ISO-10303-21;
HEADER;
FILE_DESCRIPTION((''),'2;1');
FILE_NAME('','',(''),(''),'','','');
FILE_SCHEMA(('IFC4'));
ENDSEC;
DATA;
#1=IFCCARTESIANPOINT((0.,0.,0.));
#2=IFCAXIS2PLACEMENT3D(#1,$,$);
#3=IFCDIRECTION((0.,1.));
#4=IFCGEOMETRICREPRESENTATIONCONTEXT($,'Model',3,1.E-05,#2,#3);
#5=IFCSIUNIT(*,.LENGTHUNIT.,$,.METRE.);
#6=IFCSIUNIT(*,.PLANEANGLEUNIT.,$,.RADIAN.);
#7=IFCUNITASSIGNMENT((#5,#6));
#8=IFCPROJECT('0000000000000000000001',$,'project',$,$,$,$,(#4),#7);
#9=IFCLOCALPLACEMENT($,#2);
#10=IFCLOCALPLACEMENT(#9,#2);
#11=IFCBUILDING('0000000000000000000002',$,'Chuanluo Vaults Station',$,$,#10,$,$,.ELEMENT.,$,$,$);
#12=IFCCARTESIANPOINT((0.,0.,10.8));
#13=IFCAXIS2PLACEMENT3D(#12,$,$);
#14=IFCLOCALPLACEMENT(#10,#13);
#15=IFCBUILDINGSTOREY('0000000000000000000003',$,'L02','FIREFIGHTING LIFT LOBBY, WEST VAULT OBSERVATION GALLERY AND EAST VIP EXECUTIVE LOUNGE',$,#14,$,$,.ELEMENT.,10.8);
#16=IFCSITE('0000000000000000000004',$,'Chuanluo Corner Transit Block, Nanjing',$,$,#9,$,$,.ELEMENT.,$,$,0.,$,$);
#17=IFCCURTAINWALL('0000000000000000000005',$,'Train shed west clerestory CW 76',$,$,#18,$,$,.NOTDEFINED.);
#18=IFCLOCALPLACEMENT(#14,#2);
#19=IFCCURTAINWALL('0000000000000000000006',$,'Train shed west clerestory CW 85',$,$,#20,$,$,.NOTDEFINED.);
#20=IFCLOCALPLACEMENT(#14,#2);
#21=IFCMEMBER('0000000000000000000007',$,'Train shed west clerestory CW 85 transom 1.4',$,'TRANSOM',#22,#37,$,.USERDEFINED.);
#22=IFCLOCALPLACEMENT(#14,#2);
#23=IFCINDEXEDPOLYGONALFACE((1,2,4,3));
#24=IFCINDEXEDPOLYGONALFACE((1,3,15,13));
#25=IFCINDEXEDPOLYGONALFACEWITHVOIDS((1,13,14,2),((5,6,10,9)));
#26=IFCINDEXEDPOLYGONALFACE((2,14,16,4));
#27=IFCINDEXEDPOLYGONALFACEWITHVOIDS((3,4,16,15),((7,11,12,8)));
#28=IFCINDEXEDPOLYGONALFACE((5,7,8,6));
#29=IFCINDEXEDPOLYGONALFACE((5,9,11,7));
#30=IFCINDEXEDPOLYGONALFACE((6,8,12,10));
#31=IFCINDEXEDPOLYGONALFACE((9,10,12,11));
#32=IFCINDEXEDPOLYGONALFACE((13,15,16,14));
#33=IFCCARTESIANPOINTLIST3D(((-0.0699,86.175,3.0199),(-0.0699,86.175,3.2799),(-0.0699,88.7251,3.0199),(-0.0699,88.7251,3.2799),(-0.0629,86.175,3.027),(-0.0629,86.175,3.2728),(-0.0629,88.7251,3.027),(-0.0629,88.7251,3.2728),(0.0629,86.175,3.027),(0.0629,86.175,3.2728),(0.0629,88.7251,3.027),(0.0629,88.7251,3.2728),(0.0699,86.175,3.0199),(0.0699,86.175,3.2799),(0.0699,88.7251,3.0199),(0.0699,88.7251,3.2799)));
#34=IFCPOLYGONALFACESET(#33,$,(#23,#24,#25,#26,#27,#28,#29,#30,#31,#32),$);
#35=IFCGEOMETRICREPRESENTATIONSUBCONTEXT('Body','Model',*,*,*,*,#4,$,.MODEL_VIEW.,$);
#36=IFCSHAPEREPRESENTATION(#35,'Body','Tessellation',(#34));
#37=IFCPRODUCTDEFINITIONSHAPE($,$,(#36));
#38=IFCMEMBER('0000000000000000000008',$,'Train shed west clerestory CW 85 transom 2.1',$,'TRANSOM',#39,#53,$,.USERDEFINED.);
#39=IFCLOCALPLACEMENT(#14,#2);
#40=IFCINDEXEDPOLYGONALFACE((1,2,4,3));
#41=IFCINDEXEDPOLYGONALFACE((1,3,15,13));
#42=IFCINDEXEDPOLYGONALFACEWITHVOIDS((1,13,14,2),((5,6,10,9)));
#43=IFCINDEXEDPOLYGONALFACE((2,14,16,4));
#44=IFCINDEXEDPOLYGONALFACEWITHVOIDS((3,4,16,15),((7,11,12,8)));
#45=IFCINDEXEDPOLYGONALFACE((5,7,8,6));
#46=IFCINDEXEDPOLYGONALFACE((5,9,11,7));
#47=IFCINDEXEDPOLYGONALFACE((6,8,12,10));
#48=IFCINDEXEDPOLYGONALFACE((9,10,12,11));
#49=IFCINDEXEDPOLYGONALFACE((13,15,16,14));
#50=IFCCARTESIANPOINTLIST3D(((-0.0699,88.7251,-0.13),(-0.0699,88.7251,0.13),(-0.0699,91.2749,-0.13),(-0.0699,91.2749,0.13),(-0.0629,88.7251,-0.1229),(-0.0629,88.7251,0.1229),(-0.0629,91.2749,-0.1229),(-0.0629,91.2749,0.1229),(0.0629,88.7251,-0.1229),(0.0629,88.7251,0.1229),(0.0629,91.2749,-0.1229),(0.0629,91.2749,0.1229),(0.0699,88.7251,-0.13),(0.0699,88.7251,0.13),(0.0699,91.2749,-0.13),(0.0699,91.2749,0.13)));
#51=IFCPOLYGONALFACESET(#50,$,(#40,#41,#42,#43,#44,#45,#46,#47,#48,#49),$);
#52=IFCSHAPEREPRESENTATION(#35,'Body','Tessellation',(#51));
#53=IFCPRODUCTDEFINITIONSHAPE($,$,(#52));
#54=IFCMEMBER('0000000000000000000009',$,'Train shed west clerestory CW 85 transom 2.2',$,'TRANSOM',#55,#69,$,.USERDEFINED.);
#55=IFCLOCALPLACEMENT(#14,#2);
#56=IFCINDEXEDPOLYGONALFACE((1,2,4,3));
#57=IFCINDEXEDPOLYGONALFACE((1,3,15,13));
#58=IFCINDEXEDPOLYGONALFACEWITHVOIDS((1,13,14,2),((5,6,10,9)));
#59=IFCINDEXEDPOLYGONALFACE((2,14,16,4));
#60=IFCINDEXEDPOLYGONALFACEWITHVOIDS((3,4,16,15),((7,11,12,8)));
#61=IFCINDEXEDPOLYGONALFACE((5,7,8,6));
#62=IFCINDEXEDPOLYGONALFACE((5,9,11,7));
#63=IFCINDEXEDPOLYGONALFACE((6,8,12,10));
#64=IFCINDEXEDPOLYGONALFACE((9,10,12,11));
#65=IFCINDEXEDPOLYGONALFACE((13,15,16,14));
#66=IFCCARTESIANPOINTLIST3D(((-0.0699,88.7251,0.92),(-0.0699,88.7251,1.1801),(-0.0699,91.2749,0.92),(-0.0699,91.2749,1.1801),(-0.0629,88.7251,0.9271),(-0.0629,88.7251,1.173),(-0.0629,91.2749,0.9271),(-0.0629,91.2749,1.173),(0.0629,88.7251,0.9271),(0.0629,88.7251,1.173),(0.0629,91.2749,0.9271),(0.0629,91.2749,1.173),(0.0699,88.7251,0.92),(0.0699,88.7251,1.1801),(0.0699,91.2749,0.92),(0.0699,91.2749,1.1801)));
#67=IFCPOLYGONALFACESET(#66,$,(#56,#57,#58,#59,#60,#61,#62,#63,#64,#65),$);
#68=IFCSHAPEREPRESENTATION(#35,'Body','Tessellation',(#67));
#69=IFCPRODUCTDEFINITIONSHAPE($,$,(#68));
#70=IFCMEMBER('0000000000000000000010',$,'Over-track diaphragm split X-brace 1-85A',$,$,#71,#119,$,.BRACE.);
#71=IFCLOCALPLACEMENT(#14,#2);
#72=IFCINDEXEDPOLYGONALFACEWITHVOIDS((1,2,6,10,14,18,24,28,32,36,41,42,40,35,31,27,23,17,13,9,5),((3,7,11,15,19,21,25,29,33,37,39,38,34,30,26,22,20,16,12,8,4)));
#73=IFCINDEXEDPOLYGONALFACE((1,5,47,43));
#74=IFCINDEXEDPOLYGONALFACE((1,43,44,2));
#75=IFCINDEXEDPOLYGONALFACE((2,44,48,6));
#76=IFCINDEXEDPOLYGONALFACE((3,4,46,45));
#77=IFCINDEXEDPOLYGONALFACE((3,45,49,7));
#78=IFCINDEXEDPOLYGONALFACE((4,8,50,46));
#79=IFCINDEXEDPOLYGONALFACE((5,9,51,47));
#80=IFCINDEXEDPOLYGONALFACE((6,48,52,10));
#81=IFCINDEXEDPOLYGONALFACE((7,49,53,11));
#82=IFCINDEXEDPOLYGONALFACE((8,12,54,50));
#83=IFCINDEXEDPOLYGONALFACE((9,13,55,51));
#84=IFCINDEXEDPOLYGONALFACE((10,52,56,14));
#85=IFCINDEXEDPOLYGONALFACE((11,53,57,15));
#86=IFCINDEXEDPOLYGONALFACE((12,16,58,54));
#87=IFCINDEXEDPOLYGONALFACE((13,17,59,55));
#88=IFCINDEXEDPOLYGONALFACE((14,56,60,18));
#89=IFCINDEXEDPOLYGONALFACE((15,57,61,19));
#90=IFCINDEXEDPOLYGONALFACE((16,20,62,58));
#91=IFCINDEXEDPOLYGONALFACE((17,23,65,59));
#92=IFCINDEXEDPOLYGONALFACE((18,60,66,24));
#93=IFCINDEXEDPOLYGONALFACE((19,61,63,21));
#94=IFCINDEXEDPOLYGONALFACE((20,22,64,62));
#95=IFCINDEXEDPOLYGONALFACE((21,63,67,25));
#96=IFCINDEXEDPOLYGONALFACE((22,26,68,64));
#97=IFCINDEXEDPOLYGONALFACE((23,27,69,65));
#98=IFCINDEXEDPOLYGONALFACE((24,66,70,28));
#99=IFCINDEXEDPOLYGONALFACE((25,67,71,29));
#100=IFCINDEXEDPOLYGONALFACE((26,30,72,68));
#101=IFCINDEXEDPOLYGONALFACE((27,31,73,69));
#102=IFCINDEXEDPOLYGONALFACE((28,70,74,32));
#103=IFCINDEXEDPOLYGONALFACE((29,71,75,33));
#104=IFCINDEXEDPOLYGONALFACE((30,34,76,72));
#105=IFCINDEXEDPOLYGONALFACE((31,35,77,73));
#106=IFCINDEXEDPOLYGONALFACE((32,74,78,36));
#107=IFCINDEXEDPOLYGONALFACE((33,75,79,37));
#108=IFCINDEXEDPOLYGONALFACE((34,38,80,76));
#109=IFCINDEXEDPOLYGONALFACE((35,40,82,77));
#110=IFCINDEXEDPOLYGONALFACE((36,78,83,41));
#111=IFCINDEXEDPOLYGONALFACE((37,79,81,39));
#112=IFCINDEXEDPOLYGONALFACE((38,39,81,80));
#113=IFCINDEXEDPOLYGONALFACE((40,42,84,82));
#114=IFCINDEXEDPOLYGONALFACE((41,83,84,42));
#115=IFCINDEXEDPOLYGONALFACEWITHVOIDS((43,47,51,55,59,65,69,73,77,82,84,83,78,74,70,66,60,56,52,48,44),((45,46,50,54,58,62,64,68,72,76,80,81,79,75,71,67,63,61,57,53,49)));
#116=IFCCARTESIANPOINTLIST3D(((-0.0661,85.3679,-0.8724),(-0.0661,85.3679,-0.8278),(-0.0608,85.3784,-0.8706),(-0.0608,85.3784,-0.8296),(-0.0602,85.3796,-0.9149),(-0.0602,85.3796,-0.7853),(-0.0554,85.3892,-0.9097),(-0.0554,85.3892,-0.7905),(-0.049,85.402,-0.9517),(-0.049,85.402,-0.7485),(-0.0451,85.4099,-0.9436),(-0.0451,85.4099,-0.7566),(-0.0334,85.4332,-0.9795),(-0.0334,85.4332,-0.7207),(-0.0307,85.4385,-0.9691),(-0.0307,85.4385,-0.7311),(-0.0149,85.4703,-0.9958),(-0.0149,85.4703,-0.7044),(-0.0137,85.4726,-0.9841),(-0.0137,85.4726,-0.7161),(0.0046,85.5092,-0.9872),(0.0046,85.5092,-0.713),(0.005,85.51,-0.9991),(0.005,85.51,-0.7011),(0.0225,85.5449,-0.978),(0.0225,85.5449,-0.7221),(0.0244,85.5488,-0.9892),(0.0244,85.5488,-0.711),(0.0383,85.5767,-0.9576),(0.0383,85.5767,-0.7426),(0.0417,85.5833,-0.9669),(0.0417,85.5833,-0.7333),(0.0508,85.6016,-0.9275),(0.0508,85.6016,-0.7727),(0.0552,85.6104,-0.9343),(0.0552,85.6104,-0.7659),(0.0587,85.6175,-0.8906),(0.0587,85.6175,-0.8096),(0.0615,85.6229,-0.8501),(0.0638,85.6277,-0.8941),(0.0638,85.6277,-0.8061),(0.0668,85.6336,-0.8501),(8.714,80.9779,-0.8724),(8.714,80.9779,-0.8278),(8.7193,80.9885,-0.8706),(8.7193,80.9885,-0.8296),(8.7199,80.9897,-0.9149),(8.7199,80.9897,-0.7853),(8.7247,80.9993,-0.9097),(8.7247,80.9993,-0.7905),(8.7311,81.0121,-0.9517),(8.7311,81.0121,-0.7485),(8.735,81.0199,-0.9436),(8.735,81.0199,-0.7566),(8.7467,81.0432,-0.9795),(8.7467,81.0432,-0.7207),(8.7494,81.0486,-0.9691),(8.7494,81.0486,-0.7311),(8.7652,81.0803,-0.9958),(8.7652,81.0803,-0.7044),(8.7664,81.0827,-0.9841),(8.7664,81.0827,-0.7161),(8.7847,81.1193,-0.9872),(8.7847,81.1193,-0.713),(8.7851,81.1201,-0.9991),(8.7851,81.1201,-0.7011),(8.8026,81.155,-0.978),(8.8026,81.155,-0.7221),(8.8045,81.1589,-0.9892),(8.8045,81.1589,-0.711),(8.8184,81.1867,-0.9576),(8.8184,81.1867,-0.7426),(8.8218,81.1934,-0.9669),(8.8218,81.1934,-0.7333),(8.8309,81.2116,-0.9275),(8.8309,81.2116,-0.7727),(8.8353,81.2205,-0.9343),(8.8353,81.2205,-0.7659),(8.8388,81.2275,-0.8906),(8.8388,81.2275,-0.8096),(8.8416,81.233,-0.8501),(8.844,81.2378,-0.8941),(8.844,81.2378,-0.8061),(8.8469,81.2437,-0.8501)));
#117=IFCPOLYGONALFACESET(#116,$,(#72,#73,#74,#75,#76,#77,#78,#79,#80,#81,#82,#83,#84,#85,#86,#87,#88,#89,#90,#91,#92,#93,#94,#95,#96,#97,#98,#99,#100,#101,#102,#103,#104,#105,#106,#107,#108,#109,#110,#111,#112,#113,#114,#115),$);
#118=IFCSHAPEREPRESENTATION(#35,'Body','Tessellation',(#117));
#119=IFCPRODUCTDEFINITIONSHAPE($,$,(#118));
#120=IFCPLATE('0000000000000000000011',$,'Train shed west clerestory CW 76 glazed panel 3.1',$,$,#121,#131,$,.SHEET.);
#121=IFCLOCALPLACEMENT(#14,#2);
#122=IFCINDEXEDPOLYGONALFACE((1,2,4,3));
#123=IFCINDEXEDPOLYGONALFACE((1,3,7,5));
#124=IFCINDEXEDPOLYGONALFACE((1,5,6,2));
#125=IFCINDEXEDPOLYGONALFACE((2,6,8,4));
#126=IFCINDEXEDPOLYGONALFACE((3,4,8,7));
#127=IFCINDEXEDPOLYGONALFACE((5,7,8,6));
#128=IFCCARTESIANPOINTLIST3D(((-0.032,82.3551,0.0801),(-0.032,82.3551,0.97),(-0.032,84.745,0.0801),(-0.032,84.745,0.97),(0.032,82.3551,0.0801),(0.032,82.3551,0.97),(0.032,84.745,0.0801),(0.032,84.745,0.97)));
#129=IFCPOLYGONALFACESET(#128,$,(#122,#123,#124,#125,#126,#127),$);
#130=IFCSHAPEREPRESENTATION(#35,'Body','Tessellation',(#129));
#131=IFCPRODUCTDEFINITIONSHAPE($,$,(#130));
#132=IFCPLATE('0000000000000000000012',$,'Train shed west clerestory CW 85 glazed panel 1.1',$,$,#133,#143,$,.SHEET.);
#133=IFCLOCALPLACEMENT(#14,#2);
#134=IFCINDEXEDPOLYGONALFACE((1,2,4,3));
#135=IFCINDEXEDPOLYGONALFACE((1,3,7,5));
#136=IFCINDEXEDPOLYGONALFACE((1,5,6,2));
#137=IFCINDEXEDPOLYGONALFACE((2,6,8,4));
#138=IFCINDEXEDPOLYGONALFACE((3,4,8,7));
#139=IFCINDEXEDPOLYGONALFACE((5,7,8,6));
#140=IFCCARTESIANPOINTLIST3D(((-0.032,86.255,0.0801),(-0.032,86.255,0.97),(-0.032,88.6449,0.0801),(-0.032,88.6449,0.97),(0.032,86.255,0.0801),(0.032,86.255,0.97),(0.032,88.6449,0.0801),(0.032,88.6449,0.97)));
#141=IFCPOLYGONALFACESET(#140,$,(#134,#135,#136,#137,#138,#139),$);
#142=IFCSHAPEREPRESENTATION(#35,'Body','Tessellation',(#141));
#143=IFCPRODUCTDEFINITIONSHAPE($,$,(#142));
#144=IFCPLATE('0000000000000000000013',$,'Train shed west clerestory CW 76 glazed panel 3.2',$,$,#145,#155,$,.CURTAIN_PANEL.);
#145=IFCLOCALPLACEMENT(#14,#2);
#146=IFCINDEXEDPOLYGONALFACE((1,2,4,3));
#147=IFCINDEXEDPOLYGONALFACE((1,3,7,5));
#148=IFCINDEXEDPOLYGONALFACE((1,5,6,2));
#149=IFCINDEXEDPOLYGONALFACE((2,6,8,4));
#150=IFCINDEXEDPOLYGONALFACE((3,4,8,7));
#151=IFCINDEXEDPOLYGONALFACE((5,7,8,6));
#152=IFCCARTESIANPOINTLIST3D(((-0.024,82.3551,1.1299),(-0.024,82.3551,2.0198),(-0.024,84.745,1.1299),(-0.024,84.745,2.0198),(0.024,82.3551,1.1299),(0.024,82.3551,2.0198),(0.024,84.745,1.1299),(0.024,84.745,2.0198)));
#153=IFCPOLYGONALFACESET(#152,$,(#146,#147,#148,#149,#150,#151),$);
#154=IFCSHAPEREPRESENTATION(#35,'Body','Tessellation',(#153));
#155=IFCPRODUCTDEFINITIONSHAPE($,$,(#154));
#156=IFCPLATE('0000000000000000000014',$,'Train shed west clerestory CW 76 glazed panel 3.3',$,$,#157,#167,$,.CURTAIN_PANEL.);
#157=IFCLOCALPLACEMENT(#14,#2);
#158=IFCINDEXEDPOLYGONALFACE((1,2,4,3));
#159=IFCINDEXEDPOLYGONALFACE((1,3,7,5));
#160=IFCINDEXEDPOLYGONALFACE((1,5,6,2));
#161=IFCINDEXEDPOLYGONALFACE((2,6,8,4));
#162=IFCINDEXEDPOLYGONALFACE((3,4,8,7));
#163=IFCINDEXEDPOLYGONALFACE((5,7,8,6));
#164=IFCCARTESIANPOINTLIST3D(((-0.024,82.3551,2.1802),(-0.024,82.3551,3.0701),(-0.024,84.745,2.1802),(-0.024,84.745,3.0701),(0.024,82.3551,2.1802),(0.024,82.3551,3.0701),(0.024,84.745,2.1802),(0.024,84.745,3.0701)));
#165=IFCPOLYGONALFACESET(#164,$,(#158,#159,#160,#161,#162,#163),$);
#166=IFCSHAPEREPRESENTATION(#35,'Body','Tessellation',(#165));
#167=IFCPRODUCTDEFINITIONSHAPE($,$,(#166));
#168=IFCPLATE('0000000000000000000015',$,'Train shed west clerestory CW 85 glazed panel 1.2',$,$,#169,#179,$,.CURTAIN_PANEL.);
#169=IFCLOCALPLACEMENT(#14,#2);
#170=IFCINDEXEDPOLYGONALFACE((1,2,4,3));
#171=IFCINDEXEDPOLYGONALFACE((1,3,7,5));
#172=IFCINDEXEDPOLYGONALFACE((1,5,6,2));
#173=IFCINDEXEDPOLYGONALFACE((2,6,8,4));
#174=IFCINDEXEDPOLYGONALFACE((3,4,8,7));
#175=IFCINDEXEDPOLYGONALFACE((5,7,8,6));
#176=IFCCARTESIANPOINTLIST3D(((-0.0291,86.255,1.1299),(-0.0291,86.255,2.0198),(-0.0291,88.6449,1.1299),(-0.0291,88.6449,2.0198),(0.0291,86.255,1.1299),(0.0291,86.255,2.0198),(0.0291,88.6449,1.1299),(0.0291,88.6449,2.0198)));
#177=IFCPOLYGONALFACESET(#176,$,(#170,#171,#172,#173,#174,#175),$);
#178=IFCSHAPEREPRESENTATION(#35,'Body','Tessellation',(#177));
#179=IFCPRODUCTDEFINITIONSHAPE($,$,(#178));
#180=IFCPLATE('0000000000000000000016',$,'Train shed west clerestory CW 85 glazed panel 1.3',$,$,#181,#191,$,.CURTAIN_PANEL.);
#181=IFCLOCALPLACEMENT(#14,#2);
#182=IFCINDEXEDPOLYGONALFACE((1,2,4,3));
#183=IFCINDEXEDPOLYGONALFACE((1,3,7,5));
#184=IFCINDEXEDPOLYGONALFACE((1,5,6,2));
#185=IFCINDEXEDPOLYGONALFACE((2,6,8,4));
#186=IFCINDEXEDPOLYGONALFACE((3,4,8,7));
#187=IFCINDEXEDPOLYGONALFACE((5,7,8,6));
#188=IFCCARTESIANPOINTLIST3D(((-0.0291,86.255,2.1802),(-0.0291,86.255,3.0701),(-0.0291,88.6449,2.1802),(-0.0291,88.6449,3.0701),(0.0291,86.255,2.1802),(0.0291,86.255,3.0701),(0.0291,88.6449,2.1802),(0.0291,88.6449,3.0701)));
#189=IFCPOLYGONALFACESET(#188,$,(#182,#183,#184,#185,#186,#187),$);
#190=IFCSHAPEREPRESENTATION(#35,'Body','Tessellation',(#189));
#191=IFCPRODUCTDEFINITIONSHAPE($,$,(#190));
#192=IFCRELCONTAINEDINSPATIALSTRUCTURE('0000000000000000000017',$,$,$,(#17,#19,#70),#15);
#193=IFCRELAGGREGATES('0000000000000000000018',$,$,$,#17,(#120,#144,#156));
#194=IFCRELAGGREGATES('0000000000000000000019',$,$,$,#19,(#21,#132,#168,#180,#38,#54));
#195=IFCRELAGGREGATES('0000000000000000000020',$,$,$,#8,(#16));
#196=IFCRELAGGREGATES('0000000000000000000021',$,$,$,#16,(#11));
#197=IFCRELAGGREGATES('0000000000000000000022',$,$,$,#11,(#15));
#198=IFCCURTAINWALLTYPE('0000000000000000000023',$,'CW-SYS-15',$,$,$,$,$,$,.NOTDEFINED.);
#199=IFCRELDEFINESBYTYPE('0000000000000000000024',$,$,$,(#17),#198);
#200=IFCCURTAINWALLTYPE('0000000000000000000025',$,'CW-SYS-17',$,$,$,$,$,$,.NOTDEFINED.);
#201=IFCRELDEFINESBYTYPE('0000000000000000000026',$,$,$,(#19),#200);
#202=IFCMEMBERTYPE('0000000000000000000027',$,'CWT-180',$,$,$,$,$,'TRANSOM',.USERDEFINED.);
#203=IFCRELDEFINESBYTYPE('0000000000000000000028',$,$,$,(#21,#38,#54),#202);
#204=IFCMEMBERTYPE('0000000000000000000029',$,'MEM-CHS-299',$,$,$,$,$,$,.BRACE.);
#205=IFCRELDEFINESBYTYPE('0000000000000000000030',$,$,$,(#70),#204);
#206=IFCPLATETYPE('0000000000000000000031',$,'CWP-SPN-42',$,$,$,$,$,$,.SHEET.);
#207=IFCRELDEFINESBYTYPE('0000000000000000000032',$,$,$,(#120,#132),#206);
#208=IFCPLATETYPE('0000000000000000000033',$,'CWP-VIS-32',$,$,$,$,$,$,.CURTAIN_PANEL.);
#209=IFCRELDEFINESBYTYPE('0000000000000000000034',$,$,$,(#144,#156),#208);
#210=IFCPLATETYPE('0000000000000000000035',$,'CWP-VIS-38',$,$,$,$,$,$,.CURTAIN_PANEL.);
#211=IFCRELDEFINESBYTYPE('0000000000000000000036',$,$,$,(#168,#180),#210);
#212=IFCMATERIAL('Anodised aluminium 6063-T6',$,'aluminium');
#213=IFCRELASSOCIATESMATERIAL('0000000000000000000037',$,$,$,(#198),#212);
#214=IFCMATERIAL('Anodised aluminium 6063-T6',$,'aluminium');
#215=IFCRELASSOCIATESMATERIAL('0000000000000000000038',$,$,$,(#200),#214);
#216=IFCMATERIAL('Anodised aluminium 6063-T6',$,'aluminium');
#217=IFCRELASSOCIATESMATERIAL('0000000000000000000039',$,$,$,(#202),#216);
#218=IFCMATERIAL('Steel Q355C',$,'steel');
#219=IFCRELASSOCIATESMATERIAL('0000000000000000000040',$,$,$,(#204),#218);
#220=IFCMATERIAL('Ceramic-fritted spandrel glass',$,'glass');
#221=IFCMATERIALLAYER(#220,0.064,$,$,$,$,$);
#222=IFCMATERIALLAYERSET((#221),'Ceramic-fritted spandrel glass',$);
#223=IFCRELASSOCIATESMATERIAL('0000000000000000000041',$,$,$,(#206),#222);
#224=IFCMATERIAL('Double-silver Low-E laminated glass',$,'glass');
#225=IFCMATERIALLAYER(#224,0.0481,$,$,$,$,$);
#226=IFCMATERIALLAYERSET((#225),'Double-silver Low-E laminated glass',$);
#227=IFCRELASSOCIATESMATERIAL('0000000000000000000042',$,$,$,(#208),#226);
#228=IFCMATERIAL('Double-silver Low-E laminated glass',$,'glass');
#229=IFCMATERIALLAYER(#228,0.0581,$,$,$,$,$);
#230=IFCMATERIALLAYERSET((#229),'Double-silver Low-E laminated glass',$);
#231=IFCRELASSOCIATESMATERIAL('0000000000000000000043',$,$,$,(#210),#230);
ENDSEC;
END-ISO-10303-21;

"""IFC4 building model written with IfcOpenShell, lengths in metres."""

from ifc_helpers import new_model, si_unit, direction, frame, origin, origin_2d, place, context, subcontext, project, spatial, rectangle, hollow_rectangle, hollow_circle, extrude, material, layer, layer_set, material_profile, profile_set, type_object, element, aggregate, save


model = new_model("IFC4")

# Units and contexts
model_context = context("Model", 3, precision=1e-05, world=origin(), true_north=direction((0.0, 1.0)))
body_context = subcontext(model_context, "Body", "Model", "MODEL_VIEW")
ifc_project = project(units=[si_unit("LENGTHUNIT", "METRE"), si_unit("PLANEANGLEUNIT", "RADIAN")], contexts=[model_context])

# Site, building, storey
site_placement = place(None, origin())
site = spatial("IfcSite", under=ifc_project, at=site_placement, Name="Chuanluo Corner Transit Block, Nanjing", CompositionType="ELEMENT", RefElevation=0.0)
building_placement = place(site_placement, origin())
building = spatial("IfcBuilding", under=site, at=building_placement, Name="Chuanluo Vaults Station", CompositionType="ELEMENT")
storey_placement = place(building_placement, frame((0.0, 0.0, 10.8)))
storey = spatial("IfcBuildingStorey", under=building, at=storey_placement, Name="L02", Description="FIREFIGHTING LIFT LOBBY, WEST VAULT OBSERVATION GALLERY AND EAST VIP EXECUTIVE LOUNGE", CompositionType="ELEMENT", Elevation=10.8)

# Curtain wall
ifc_material_1 = material(Name="Anodised aluminium 6063-T6", Category="aluminium")
curtain_wall_type_1 = type_object("IfcCurtainWallType", Name="CW-SYS-15", PredefinedType="NOTDEFINED", material=ifc_material_1)
curtain_wall_1_placement = place(storey_placement, origin())
curtain_wall_1 = element("IfcCurtainWall", 1, at=curtain_wall_1_placement, inside=storey, type_object=curtain_wall_type_1, Name="Train shed west clerestory CW 76", PredefinedType="NOTDEFINED")

# Curtain wall
ifc_material_2 = material(Name="Anodised aluminium 6063-T6", Category="aluminium")
curtain_wall_type_2 = type_object("IfcCurtainWallType", Name="CW-SYS-17", PredefinedType="NOTDEFINED", material=ifc_material_2)
curtain_wall_2_placement = place(storey_placement, origin())
curtain_wall_2 = element("IfcCurtainWall", 2, at=curtain_wall_2_placement, inside=storey, type_object=curtain_wall_type_2, Name="Train shed west clerestory CW 85", PredefinedType="NOTDEFINED")

# Members
ifc_material_3 = material(Name="Anodised aluminium 6063-T6", Category="aluminium")
ifc_material_profile_1 = material_profile(ifc_material_3, hollow_rectangle(XDim=0.1399, YDim=0.26, WallThickness=0.0071, at=origin_2d()))
ifc_profile_set_1 = profile_set([ifc_material_profile_1], Name="Anodised aluminium 6063-T6")
member_type_1 = type_object("IfcMemberType", Name="CWT-180", ElementType="TRANSOM", PredefinedType="USERDEFINED", material=ifc_profile_set_1)
member_1_placement = place(storey_placement, frame((0.0, 86.175, 3.1499), z_axis=(0.0, 1.0, 0.0), x_axis=(-1.0, 0.0, 0.0)))
member_1 = element("IfcMember", 3, at=member_1_placement, type_object=member_type_1, Name="Train shed west clerestory CW 85 transom 1.4", ObjectType="TRANSOM", PredefinedType="USERDEFINED", context=body_context, shape_type="SweptSolid", body=[
    extrude(hollow_rectangle(XDim=0.1399, YDim=0.26, WallThickness=0.0071, at=origin_2d()), origin(), (0.0, 0.0, 1.0), 2.55),
])
member_2_placement = place(storey_placement, frame((0.0, 88.7251, 0.0), z_axis=(0.0, 1.0, 0.0), x_axis=(-1.0, 0.0, 0.0)))
member_2 = element("IfcMember", 4, at=member_2_placement, type_object=member_type_1, Name="Train shed west clerestory CW 85 transom 2.1", ObjectType="TRANSOM", PredefinedType="USERDEFINED", context=body_context, shape_type="SweptSolid", body=[
    extrude(hollow_rectangle(XDim=0.1399, YDim=0.26, WallThickness=0.0071, at=origin_2d()), origin(), (0.0, 0.0, 1.0), 2.5498),
])
member_3_placement = place(storey_placement, frame((0.0, 88.7251, 1.05), z_axis=(0.0, 1.0, 0.0), x_axis=(-1.0, 0.0, 0.0)))
member_3 = element("IfcMember", 5, at=member_3_placement, type_object=member_type_1, Name="Train shed west clerestory CW 85 transom 2.2", ObjectType="TRANSOM", PredefinedType="USERDEFINED", context=body_context, shape_type="SweptSolid", body=[
    extrude(hollow_rectangle(XDim=0.1399, YDim=0.26, WallThickness=0.0071, at=origin_2d()), origin(), (0.0, 0.0, 1.0), 2.5498),
])
ifc_material_4 = material(Name="Steel Q355C", Category="steel")
ifc_material_profile_2 = material_profile(ifc_material_4, hollow_circle(Radius=0.1494, WallThickness=0.012, at=origin_2d()))
ifc_profile_set_2 = profile_set([ifc_material_profile_2], Name="Steel Q355C")
member_type_2 = type_object("IfcMemberType", Name="MEM-CHS-299", PredefinedType="BRACE", material=ifc_profile_set_2)
member_4_placement = place(storey_placement, frame((0.0, 85.5, -0.8501), z_axis=(0.894432, -0.447204, 0.0), x_axis=(0.447204, 0.894432, 0.0)))
element("IfcMember", 6, at=member_4_placement, inside=storey, type_object=member_type_2, Name="Over-track diaphragm split X-brace 1-85A", PredefinedType="BRACE", context=body_context, shape_type="SweptSolid", body=[
    extrude(hollow_circle(Radius=0.1494, WallThickness=0.012, at=origin_2d()), origin(), (0.0, 0.0, 1.0), 9.8164),
])

# Plates
ifc_material_5 = material(Name="Ceramic-fritted spandrel glass", Category="glass")
ifc_layer_1 = layer(ifc_material_5, 0.064)
ifc_layer_set_1 = layer_set([ifc_layer_1], Name="Ceramic-fritted spandrel glass")
plate_type_1 = type_object("IfcPlateType", Name="CWP-SPN-42", PredefinedType="SHEET", material=ifc_layer_set_1)
plate_1_placement = place(storey_placement, frame((0.0, 83.55, 0.0801), z_axis=(0.0, 0.0, 1.0), x_axis=(0.0, 1.0, 0.0)))
plate_1 = element("IfcPlate", 7, at=plate_1_placement, type_object=plate_type_1, Name="Train shed west clerestory CW 76 glazed panel 3.1", PredefinedType="SHEET", context=body_context, shape_type="SweptSolid", body=[
    extrude(rectangle(XDim=2.3899, YDim=0.064, at=origin_2d()), origin(), (0.0, 0.0, 1.0), 0.8899),
])
plate_2_placement = place(storey_placement, frame((0.0, 87.45, 0.0801), z_axis=(0.0, 0.0, 1.0), x_axis=(0.0, 1.0, 0.0)))
plate_2 = element("IfcPlate", 8, at=plate_2_placement, type_object=plate_type_1, Name="Train shed west clerestory CW 85 glazed panel 1.1", PredefinedType="SHEET", context=body_context, shape_type="SweptSolid", body=[
    extrude(rectangle(XDim=2.3899, YDim=0.064, at=origin_2d()), origin(), (0.0, 0.0, 1.0), 0.8899),
])
ifc_material_6 = material(Name="Double-silver Low-E laminated glass", Category="glass")
ifc_layer_2 = layer(ifc_material_6, 0.0481)
ifc_layer_set_2 = layer_set([ifc_layer_2], Name="Double-silver Low-E laminated glass")
plate_type_2 = type_object("IfcPlateType", Name="CWP-VIS-32", PredefinedType="CURTAIN_PANEL", material=ifc_layer_set_2)
plate_3_placement = place(storey_placement, frame((0.0, 83.55, 1.1299), z_axis=(0.0, 0.0, 1.0), x_axis=(0.0, 1.0, 0.0)))
plate_3 = element("IfcPlate", 9, at=plate_3_placement, type_object=plate_type_2, Name="Train shed west clerestory CW 76 glazed panel 3.2", PredefinedType="CURTAIN_PANEL", context=body_context, shape_type="SweptSolid", body=[
    extrude(rectangle(XDim=2.3899, YDim=0.0481, at=origin_2d()), origin(), (0.0, 0.0, 1.0), 0.8899),
])
plate_4_placement = place(storey_placement, frame((0.0, 83.55, 2.1802), z_axis=(0.0, 0.0, 1.0), x_axis=(0.0, 1.0, 0.0)))
plate_4 = element("IfcPlate", 10, at=plate_4_placement, type_object=plate_type_2, Name="Train shed west clerestory CW 76 glazed panel 3.3", PredefinedType="CURTAIN_PANEL", context=body_context, shape_type="SweptSolid", body=[
    extrude(rectangle(XDim=2.3899, YDim=0.0481, at=origin_2d()), origin(), (0.0, 0.0, 1.0), 0.8899),
])
aggregate(curtain_wall_1, [plate_1, plate_3, plate_4])
ifc_material_7 = material(Name="Double-silver Low-E laminated glass", Category="glass")
ifc_layer_3 = layer(ifc_material_7, 0.0581)
ifc_layer_set_3 = layer_set([ifc_layer_3], Name="Double-silver Low-E laminated glass")
plate_type_3 = type_object("IfcPlateType", Name="CWP-VIS-38", PredefinedType="CURTAIN_PANEL", material=ifc_layer_set_3)
plate_5_placement = place(storey_placement, frame((0.0, 87.45, 1.1299), z_axis=(0.0, 0.0, 1.0), x_axis=(0.0, 1.0, 0.0)))
plate_5 = element("IfcPlate", 11, at=plate_5_placement, type_object=plate_type_3, Name="Train shed west clerestory CW 85 glazed panel 1.2", PredefinedType="CURTAIN_PANEL", context=body_context, shape_type="SweptSolid", body=[
    extrude(rectangle(XDim=2.3899, YDim=0.0581, at=origin_2d()), origin(), (0.0, 0.0, 1.0), 0.8899),
])
plate_6_placement = place(storey_placement, frame((0.0, 87.45, 2.1802), z_axis=(0.0, 0.0, 1.0), x_axis=(0.0, 1.0, 0.0)))
plate_6 = element("IfcPlate", 12, at=plate_6_placement, type_object=plate_type_3, Name="Train shed west clerestory CW 85 glazed panel 1.3", PredefinedType="CURTAIN_PANEL", context=body_context, shape_type="SweptSolid", body=[
    extrude(rectangle(XDim=2.3899, YDim=0.0581, at=origin_2d()), origin(), (0.0, 0.0, 1.0), 0.8899),
])
aggregate(curtain_wall_2, [member_1, plate_2, plate_5, plate_6, member_2, member_3])

save(model, "model.ifc")
